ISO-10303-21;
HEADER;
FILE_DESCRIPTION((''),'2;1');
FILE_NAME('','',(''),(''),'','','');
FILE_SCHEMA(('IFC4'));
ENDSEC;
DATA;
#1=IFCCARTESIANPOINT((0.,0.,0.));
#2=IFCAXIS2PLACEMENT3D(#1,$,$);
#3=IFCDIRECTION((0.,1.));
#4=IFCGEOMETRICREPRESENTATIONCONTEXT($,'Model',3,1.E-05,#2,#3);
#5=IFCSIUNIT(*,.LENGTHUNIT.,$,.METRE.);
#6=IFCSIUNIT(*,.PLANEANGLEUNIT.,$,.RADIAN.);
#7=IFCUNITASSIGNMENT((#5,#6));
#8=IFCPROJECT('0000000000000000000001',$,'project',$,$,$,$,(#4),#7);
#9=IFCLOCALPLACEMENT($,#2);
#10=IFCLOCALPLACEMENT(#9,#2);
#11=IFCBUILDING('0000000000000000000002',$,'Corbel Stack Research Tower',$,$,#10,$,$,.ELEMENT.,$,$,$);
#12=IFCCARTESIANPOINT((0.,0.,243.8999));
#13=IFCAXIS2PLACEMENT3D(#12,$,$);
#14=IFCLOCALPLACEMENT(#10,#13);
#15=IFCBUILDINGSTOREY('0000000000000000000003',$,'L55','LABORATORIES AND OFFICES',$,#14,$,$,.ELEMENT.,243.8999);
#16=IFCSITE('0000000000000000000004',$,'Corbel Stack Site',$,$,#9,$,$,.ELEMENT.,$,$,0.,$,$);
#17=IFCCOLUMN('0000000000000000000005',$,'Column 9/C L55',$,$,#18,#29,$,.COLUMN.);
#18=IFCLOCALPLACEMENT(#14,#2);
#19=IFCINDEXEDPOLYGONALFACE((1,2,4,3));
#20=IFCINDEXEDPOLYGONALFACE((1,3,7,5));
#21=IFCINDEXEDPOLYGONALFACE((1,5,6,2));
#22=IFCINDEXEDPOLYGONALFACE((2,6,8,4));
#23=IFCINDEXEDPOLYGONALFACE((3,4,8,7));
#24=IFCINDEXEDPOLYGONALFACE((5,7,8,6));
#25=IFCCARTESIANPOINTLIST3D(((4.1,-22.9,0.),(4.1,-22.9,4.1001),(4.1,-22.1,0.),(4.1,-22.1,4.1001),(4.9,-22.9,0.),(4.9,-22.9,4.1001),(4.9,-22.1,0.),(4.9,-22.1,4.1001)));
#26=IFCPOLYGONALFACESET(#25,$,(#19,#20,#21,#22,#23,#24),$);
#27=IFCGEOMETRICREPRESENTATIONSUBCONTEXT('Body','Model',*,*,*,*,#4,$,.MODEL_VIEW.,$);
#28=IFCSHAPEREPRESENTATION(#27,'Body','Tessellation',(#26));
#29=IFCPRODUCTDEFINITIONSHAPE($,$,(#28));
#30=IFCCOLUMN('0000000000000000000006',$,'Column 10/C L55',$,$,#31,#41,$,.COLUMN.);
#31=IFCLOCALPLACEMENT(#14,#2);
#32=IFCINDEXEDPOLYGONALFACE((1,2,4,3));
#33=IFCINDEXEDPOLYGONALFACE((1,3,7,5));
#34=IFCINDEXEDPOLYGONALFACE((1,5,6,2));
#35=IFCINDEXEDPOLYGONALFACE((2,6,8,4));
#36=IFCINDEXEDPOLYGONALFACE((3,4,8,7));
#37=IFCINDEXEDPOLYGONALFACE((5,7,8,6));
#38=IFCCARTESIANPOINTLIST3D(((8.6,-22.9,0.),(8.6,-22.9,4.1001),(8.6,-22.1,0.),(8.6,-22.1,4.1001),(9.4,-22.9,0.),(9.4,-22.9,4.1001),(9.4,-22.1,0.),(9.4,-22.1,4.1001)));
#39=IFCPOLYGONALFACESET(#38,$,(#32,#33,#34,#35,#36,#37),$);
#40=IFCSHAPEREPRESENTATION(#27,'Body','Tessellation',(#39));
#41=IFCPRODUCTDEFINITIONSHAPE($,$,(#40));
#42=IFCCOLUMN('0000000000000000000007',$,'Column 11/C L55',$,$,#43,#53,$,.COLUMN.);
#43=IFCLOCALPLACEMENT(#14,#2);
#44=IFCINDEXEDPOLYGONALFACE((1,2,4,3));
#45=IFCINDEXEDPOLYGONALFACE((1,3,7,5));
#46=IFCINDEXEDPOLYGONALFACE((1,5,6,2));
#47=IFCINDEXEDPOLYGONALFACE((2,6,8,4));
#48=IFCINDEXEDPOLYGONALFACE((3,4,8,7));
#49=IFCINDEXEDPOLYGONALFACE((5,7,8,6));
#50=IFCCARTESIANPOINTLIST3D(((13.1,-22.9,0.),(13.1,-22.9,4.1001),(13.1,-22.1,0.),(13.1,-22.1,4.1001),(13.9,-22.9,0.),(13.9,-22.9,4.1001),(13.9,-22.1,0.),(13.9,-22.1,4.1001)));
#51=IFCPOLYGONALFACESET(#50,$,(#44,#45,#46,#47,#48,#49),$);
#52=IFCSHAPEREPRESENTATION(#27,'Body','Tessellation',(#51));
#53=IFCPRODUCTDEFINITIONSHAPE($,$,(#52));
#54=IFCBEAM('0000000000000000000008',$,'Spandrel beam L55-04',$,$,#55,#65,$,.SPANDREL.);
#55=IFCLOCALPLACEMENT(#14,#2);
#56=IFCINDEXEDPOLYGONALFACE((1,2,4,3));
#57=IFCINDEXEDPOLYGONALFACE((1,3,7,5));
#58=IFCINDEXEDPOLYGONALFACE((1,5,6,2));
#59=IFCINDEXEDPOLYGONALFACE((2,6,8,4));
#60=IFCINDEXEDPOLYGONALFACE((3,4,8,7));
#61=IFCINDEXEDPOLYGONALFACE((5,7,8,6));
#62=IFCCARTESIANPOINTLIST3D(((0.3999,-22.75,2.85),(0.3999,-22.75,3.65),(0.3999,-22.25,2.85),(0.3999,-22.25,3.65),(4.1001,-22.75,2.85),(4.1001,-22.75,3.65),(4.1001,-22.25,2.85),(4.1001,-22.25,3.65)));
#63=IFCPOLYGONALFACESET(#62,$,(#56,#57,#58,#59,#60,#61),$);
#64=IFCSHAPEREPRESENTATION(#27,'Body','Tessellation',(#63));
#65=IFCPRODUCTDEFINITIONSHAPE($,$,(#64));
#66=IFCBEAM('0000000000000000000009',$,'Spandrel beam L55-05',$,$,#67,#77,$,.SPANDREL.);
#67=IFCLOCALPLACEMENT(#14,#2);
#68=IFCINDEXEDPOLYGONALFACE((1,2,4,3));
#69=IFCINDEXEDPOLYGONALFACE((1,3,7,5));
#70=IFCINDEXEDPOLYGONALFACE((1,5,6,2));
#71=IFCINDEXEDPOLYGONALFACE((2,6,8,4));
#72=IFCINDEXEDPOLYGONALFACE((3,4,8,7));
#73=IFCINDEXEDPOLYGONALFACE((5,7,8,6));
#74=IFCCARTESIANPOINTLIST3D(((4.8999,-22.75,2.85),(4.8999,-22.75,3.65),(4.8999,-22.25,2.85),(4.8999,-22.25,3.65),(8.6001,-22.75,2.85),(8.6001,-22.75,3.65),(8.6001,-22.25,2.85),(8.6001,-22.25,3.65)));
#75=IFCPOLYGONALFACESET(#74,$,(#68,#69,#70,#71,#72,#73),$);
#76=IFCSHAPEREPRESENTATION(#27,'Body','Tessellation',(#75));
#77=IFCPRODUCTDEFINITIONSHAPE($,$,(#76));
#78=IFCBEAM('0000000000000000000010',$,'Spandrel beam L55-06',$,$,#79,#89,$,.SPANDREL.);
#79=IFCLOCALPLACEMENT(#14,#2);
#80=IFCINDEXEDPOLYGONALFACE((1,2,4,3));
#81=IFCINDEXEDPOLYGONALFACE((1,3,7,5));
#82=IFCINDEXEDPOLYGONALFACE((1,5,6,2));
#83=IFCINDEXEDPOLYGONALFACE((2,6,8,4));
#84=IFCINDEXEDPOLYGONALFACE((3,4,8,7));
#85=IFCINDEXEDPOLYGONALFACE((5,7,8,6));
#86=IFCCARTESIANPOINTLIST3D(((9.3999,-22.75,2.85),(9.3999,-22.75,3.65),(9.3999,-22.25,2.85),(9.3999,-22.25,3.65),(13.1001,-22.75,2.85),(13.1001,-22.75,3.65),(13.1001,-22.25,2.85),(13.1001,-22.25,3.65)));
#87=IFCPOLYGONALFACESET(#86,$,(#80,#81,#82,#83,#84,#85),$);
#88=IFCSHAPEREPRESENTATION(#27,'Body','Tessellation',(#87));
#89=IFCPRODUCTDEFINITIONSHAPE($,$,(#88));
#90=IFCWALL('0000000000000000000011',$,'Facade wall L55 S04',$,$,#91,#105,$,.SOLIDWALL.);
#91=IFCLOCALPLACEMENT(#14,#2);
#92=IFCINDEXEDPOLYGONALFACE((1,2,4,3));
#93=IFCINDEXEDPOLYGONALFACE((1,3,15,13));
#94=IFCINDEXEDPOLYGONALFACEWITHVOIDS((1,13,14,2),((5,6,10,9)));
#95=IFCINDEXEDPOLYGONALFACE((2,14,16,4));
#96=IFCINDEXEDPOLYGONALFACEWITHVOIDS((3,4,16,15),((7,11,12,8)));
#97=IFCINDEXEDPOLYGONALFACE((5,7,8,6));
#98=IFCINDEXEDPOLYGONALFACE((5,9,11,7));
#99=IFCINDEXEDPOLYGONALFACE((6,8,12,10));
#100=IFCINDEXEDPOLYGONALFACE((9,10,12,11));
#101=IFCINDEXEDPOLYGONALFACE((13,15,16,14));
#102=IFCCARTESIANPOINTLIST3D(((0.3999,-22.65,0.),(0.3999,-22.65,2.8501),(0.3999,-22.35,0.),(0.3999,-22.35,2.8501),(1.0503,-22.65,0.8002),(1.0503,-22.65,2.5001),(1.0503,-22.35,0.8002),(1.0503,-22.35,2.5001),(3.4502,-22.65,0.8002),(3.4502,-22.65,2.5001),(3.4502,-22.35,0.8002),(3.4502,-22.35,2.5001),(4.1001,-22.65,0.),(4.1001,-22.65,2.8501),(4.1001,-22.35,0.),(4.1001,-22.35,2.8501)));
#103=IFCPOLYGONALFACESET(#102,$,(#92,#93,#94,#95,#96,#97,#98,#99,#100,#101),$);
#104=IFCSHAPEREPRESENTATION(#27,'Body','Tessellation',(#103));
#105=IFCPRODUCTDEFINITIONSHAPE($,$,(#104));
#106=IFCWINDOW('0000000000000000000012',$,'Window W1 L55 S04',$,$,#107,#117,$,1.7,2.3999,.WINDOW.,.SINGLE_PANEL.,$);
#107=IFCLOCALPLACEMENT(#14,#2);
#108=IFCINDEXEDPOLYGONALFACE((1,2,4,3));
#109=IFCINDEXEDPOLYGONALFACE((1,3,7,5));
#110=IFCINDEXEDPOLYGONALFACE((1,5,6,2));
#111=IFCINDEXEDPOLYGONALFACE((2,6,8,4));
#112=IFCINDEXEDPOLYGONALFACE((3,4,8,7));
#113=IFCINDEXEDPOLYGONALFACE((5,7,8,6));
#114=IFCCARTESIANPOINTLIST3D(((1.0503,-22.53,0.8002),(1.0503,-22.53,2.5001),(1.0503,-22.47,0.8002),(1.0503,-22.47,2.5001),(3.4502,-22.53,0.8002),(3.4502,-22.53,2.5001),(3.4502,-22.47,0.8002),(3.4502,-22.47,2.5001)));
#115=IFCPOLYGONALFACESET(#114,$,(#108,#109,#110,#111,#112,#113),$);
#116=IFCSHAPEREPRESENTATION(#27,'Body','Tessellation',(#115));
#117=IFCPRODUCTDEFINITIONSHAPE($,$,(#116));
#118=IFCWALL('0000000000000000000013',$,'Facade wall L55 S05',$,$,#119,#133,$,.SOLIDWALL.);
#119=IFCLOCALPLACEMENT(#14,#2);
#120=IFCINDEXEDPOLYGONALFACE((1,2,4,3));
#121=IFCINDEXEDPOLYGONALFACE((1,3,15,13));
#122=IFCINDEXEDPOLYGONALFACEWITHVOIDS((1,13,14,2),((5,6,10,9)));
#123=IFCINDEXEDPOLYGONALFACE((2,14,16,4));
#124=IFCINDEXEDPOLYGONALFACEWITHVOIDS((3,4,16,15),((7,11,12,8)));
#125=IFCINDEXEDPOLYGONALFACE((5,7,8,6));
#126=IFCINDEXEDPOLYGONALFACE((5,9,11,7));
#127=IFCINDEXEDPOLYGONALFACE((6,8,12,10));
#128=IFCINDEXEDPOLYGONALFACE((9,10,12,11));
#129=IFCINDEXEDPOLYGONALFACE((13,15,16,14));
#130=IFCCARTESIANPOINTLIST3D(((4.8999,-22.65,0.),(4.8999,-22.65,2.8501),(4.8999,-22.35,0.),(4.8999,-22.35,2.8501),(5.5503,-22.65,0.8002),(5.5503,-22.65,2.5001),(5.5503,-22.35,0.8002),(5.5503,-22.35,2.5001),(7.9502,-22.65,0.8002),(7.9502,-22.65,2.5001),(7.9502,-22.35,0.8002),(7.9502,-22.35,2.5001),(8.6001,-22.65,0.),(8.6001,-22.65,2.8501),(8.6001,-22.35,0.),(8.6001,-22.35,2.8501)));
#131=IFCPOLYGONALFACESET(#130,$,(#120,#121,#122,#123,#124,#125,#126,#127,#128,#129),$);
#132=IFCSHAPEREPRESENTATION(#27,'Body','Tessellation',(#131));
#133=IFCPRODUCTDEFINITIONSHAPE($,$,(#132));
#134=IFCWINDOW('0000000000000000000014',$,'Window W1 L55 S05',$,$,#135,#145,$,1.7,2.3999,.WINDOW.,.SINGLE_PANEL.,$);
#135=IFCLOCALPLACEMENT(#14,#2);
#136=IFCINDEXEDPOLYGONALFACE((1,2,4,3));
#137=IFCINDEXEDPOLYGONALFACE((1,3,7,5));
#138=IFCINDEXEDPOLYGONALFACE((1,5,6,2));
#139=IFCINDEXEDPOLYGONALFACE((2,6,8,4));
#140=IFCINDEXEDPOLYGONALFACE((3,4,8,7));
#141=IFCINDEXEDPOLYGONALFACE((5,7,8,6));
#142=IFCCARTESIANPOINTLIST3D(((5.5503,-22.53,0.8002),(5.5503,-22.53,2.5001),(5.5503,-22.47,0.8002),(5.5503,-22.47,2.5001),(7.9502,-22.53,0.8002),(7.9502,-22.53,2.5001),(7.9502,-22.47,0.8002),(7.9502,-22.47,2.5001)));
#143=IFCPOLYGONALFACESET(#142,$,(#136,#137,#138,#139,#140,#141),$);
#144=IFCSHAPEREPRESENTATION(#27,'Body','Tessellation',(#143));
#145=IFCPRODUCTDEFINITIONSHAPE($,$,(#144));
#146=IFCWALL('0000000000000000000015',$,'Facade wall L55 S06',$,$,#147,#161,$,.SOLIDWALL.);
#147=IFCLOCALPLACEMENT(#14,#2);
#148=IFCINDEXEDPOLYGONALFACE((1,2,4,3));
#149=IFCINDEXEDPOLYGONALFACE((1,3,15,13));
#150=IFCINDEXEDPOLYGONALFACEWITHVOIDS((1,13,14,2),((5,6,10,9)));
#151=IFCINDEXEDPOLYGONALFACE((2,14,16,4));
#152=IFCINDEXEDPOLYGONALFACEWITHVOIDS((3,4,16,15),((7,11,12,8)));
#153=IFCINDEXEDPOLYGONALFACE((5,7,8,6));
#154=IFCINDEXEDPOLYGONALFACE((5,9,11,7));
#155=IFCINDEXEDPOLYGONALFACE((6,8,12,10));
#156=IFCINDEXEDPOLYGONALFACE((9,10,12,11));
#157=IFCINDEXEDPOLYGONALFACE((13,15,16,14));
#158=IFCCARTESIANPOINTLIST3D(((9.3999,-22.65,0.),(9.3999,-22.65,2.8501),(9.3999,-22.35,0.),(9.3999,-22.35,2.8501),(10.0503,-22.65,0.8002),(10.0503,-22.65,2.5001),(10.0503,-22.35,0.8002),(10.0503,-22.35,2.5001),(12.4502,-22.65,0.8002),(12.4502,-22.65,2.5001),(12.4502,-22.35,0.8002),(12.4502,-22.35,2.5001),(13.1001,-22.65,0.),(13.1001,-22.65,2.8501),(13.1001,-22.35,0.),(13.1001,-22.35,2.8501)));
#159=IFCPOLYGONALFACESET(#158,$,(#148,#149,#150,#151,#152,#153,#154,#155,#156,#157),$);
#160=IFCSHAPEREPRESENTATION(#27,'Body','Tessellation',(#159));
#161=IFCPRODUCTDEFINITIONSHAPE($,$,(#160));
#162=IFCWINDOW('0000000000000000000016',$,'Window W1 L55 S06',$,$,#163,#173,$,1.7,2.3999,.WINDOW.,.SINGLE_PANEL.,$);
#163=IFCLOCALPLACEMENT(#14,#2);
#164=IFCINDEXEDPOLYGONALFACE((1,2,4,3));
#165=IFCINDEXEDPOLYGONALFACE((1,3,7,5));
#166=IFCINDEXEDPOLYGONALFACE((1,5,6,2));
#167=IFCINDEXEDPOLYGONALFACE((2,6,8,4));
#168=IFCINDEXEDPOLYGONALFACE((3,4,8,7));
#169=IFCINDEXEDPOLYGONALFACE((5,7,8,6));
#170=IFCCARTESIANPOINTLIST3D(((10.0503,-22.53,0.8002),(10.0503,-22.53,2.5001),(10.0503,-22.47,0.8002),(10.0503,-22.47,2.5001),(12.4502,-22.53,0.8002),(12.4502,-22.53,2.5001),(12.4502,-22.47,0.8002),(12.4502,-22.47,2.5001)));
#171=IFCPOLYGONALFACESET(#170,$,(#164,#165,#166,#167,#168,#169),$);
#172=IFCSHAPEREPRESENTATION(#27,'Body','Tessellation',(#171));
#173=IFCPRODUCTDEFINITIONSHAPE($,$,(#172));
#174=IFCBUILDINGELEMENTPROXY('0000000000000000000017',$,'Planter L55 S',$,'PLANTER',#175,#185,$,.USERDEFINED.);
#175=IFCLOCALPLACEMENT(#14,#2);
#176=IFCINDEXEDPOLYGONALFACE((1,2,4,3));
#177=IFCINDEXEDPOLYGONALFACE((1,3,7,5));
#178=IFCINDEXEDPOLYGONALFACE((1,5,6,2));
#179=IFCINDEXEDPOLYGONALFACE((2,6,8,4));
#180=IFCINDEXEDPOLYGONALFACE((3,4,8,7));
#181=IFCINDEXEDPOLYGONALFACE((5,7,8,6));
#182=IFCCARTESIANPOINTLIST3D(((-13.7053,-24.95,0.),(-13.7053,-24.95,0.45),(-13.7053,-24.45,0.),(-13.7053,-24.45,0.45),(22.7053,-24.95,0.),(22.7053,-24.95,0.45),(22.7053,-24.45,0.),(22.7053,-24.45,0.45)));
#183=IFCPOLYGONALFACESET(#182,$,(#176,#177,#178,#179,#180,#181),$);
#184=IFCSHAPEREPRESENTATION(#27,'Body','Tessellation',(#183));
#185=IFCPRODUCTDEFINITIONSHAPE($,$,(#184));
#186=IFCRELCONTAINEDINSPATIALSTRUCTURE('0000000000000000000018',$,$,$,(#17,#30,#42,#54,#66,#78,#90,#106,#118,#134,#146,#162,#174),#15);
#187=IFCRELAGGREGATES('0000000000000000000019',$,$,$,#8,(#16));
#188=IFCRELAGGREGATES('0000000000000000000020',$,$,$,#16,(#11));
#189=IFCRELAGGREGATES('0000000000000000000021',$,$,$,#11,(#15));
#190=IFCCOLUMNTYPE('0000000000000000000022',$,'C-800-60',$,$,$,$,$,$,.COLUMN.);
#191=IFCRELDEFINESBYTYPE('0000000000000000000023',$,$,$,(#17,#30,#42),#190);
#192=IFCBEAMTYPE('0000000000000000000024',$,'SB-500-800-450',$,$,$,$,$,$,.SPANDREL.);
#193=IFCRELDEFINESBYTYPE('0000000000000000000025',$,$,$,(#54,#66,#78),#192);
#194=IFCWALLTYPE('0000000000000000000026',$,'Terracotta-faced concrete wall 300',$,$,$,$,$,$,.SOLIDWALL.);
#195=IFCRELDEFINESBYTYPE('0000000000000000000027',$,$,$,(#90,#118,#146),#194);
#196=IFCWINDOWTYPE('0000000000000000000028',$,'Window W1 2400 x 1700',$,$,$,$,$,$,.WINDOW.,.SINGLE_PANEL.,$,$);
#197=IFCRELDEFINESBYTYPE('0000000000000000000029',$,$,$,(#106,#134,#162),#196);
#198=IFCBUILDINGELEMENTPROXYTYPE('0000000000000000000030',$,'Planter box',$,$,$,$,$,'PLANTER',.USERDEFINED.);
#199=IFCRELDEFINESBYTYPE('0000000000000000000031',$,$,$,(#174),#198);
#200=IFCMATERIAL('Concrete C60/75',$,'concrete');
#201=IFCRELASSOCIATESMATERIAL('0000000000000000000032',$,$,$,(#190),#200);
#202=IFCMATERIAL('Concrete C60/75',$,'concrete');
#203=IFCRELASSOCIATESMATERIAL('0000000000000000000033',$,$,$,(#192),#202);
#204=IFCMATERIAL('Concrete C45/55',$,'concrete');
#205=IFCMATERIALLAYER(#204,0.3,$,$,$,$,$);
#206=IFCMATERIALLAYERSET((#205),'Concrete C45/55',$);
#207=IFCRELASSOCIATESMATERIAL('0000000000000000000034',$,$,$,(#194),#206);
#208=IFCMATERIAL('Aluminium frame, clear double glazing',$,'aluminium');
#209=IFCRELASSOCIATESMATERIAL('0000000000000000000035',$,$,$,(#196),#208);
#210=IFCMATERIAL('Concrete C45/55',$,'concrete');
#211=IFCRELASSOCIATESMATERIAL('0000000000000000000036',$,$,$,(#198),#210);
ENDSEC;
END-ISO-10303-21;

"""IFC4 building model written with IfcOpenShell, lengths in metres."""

from ifc_helpers import new_model, si_unit, direction, frame, frame_2d, origin, origin_2d, place, context, subcontext, project, spatial, rectangle, extrude, material, layer, layer_set, material_profile, profile_set, type_object, element, fill, save


model = new_model("IFC4")

# Units and contexts
model_context = context("Model", 3, precision=1e-05, world=origin(), true_north=direction((0.0, 1.0)))
body_context = subcontext(model_context, "Body", "Model", "MODEL_VIEW")
ifc_project = project(units=[si_unit("LENGTHUNIT", "METRE"), si_unit("PLANEANGLEUNIT", "RADIAN")], contexts=[model_context])

# Site, building, storey
site_placement = place(None, origin())
site = spatial("IfcSite", under=ifc_project, at=site_placement, Name="Corbel Stack Site", CompositionType="ELEMENT", RefElevation=0.0)
building_placement = place(site_placement, origin())
building = spatial("IfcBuilding", under=site, at=building_placement, Name="Corbel Stack Research Tower", CompositionType="ELEMENT")
storey_placement = place(building_placement, frame((0.0, 0.0, 243.8999)))
storey = spatial("IfcBuildingStorey", under=building, at=storey_placement, Name="L55", Description="LABORATORIES AND OFFICES", CompositionType="ELEMENT", Elevation=243.8999)

# Columns
ifc_material_1 = material(Name="Concrete C60/75", Category="concrete")
ifc_material_profile_1 = material_profile(ifc_material_1, rectangle(XDim=0.8, YDim=0.8, at=origin_2d()), Name="RC 800 x 800")
ifc_profile_set_1 = profile_set([ifc_material_profile_1], Name="Concrete C60/75")
column_type = type_object("IfcColumnType", Name="C-800-60", PredefinedType="COLUMN", material=ifc_profile_set_1)
for number, where, z_axis, x_axis, name in (
    (1, (4.5, -22.5, 0.0), (0.0, 0.0, 1.0), (1.0, 0.0, 0.0), "Column 9/C L55"),
    (2, (9.0, -22.5, 0.0), (0.0, 0.0, 1.0), (1.0, 0.0, 0.0), "Column 10/C L55"),
    (3, (13.5, -22.5, 0.0), (0.0, 0.0, 1.0), (1.0, 0.0, 0.0), "Column 11/C L55"),
):
    element("IfcColumn", number, at=place(storey_placement, frame(where, z_axis=z_axis, x_axis=x_axis)), inside=storey, type_object=column_type, Name=name, PredefinedType="COLUMN", context=body_context, shape_type="SweptSolid", body=[
        extrude(rectangle(XDim=0.8, YDim=0.8, at=origin_2d()), origin(), (0.0, 0.0, 1.0), 4.1001),
    ])

# Beams
ifc_material_2 = material(Name="Concrete C60/75", Category="concrete")
ifc_material_profile_2 = material_profile(ifc_material_2, rectangle(XDim=0.5, YDim=0.8, at=origin_2d()), Name="RC 500 x 800")
ifc_profile_set_2 = profile_set([ifc_material_profile_2], Name="Concrete C60/75")
beam_type = type_object("IfcBeamType", Name="SB-500-800-450", PredefinedType="SPANDREL", material=ifc_profile_set_2)
for number, where, z_axis, x_axis, name in (
    (4, (0.3999, -22.5, 3.25), (1.0, 0.0, 0.0), (0.0, 1.0, 0.0), "Spandrel beam L55-04"),
    (5, (4.8999, -22.5, 3.25), (1.0, 0.0, 0.0), (0.0, 1.0, 0.0), "Spandrel beam L55-05"),
    (6, (9.3999, -22.5, 3.25), (1.0, 0.0, 0.0), (0.0, 1.0, 0.0), "Spandrel beam L55-06"),
):
    element("IfcBeam", number, at=place(storey_placement, frame(where, z_axis=z_axis, x_axis=x_axis)), inside=storey, type_object=beam_type, Name=name, PredefinedType="SPANDREL", context=body_context, shape_type="SweptSolid", body=[
        extrude(rectangle(XDim=0.5, YDim=0.8, at=origin_2d()), origin(), (0.0, 0.0, 1.0), 3.7002),
    ])

# Walls, openings, windows
ifc_material_3 = material(Name="Concrete C45/55", Category="concrete")
ifc_layer = layer(ifc_material_3, 0.3)
ifc_layer_set = layer_set([ifc_layer], Name="Concrete C45/55")
wall_type = type_object("IfcWallType", Name="Terracotta-faced concrete wall 300", PredefinedType="SOLIDWALL", material=ifc_layer_set)
wall_1_placement = place(storey_placement, frame((4.1001, -22.5, 0.0), z_axis=(0.0, 0.0, 1.0), x_axis=(-1.0, 0.0, 0.0)))
wall_1 = element("IfcWall", 7, at=wall_1_placement, inside=storey, type_object=wall_type, Name="Facade wall L55 S04", PredefinedType="SOLIDWALL", context=body_context, shape_type="SweptSolid", body=[
    extrude(rectangle(XDim=3.7002, YDim=0.3, at=frame_2d((1.8501, 0.0))), origin(), (0.0, 0.0, 1.0), 2.8501),
])
opening_1_placement = place(wall_1_placement, frame((0.6499, 0.0, 0.8)))
opening_1 = element("IfcOpeningElement", 8, at=opening_1_placement, cuts=wall_1, PredefinedType="OPENING", context=body_context, shape_type="SweptSolid", body=[
    extrude(rectangle(XDim=2.3999, YDim=1.7, at=frame_2d((1.2, 0.8501))), frame((0.0, 0.1599, 0.0), z_axis=(0.0, -1.0, 0.0), x_axis=(1.0, 0.0, 0.0)), (0.0, 0.0, 1.0), 0.3201),
])
ifc_material_4 = material(Name="Aluminium frame, clear double glazing", Category="aluminium")
window_type = type_object("IfcWindowType", Name="Window W1 2400 x 1700", PartitioningType="SINGLE_PANEL", PredefinedType="WINDOW", material=ifc_material_4)
window_1_placement = place(opening_1_placement, origin())
window_1 = element("IfcWindow", 9, at=window_1_placement, inside=storey, type_object=window_type, Name="Window W1 L55 S04", OverallHeight=1.7, OverallWidth=2.3999, PartitioningType="SINGLE_PANEL", PredefinedType="WINDOW", context=body_context, shape_type="SweptSolid", body=[
    extrude(rectangle(XDim=2.3999, YDim=1.7, at=frame_2d((1.2, 0.8501))), frame((0.0, 0.03, 0.0), z_axis=(0.0, -1.0, 0.0), x_axis=(1.0, 0.0, 0.0)), (0.0, 0.0, 1.0), 0.0601),
])
fill(opening_1, window_1)
wall_2_placement = place(storey_placement, frame((8.6001, -22.5, 0.0), z_axis=(0.0, 0.0, 1.0), x_axis=(-1.0, 0.0, 0.0)))
wall_2 = element("IfcWall", 10, at=wall_2_placement, inside=storey, type_object=wall_type, Name="Facade wall L55 S05", PredefinedType="SOLIDWALL", context=body_context, shape_type="SweptSolid", body=[
    extrude(rectangle(XDim=3.7002, YDim=0.3, at=frame_2d((1.8501, 0.0))), origin(), (0.0, 0.0, 1.0), 2.8501),
])
opening_2_placement = place(wall_2_placement, frame((0.6499, 0.0, 0.8)))
opening_2 = element("IfcOpeningElement", 11, at=opening_2_placement, cuts=wall_2, PredefinedType="OPENING", context=body_context, shape_type="SweptSolid", body=[
    extrude(rectangle(XDim=2.3999, YDim=1.7, at=frame_2d((1.2, 0.8501))), frame((0.0, 0.1599, 0.0), z_axis=(0.0, -1.0, 0.0), x_axis=(1.0, 0.0, 0.0)), (0.0, 0.0, 1.0), 0.3201),
])
window_2_placement = place(opening_2_placement, origin())
window_2 = element("IfcWindow", 12, at=window_2_placement, inside=storey, type_object=window_type, Name="Window W1 L55 S05", OverallHeight=1.7, OverallWidth=2.3999, PartitioningType="SINGLE_PANEL", PredefinedType="WINDOW", context=body_context, shape_type="SweptSolid", body=[
    extrude(rectangle(XDim=2.3999, YDim=1.7, at=frame_2d((1.2, 0.8501))), frame((0.0, 0.03, 0.0), z_axis=(0.0, -1.0, 0.0), x_axis=(1.0, 0.0, 0.0)), (0.0, 0.0, 1.0), 0.0601),
])
fill(opening_2, window_2)
wall_3_placement = place(storey_placement, frame((13.1001, -22.5, 0.0), z_axis=(0.0, 0.0, 1.0), x_axis=(-1.0, 0.0, 0.0)))
wall_3 = element("IfcWall", 13, at=wall_3_placement, inside=storey, type_object=wall_type, Name="Facade wall L55 S06", PredefinedType="SOLIDWALL", context=body_context, shape_type="SweptSolid", body=[
    extrude(rectangle(XDim=3.7002, YDim=0.3, at=frame_2d((1.8501, 0.0))), origin(), (0.0, 0.0, 1.0), 2.8501),
])
opening_3_placement = place(wall_3_placement, frame((0.6499, 0.0, 0.8)))
opening_3 = element("IfcOpeningElement", 14, at=opening_3_placement, cuts=wall_3, PredefinedType="OPENING", context=body_context, shape_type="SweptSolid", body=[
    extrude(rectangle(XDim=2.3999, YDim=1.7, at=frame_2d((1.2, 0.8501))), frame((0.0, 0.1599, 0.0), z_axis=(0.0, -1.0, 0.0), x_axis=(1.0, 0.0, 0.0)), (0.0, 0.0, 1.0), 0.3201),
])
window_3_placement = place(opening_3_placement, origin())
window_3 = element("IfcWindow", 15, at=window_3_placement, inside=storey, type_object=window_type, Name="Window W1 L55 S06", OverallHeight=1.7, OverallWidth=2.3999, PartitioningType="SINGLE_PANEL", PredefinedType="WINDOW", context=body_context, shape_type="SweptSolid", body=[
    extrude(rectangle(XDim=2.3999, YDim=1.7, at=frame_2d((1.2, 0.8501))), frame((0.0, 0.03, 0.0), z_axis=(0.0, -1.0, 0.0), x_axis=(1.0, 0.0, 0.0)), (0.0, 0.0, 1.0), 0.0601),
])
fill(opening_3, window_3)

# Building element proxy
ifc_material_5 = material(Name="Concrete C45/55", Category="concrete")
building_element_proxy_type = type_object("IfcBuildingElementProxyType", Name="Planter box", ElementType="PLANTER", PredefinedType="USERDEFINED", material=ifc_material_5)
proxy_placement = place(storey_placement, frame((4.5, -24.7, 0.0), z_axis=(0.0, 0.0, 1.0), x_axis=(1.0, 0.0, 0.0)))
element("IfcBuildingElementProxy", 16, at=proxy_placement, inside=storey, type_object=building_element_proxy_type, Name="Planter L55 S", ObjectType="PLANTER", PredefinedType="USERDEFINED", context=body_context, shape_type="SweptSolid", body=[
    extrude(rectangle(XDim=36.4106, YDim=0.5, at=origin_2d()), origin(), (0.0, 0.0, 1.0), 0.45),
])

save(model, "model.ifc")
